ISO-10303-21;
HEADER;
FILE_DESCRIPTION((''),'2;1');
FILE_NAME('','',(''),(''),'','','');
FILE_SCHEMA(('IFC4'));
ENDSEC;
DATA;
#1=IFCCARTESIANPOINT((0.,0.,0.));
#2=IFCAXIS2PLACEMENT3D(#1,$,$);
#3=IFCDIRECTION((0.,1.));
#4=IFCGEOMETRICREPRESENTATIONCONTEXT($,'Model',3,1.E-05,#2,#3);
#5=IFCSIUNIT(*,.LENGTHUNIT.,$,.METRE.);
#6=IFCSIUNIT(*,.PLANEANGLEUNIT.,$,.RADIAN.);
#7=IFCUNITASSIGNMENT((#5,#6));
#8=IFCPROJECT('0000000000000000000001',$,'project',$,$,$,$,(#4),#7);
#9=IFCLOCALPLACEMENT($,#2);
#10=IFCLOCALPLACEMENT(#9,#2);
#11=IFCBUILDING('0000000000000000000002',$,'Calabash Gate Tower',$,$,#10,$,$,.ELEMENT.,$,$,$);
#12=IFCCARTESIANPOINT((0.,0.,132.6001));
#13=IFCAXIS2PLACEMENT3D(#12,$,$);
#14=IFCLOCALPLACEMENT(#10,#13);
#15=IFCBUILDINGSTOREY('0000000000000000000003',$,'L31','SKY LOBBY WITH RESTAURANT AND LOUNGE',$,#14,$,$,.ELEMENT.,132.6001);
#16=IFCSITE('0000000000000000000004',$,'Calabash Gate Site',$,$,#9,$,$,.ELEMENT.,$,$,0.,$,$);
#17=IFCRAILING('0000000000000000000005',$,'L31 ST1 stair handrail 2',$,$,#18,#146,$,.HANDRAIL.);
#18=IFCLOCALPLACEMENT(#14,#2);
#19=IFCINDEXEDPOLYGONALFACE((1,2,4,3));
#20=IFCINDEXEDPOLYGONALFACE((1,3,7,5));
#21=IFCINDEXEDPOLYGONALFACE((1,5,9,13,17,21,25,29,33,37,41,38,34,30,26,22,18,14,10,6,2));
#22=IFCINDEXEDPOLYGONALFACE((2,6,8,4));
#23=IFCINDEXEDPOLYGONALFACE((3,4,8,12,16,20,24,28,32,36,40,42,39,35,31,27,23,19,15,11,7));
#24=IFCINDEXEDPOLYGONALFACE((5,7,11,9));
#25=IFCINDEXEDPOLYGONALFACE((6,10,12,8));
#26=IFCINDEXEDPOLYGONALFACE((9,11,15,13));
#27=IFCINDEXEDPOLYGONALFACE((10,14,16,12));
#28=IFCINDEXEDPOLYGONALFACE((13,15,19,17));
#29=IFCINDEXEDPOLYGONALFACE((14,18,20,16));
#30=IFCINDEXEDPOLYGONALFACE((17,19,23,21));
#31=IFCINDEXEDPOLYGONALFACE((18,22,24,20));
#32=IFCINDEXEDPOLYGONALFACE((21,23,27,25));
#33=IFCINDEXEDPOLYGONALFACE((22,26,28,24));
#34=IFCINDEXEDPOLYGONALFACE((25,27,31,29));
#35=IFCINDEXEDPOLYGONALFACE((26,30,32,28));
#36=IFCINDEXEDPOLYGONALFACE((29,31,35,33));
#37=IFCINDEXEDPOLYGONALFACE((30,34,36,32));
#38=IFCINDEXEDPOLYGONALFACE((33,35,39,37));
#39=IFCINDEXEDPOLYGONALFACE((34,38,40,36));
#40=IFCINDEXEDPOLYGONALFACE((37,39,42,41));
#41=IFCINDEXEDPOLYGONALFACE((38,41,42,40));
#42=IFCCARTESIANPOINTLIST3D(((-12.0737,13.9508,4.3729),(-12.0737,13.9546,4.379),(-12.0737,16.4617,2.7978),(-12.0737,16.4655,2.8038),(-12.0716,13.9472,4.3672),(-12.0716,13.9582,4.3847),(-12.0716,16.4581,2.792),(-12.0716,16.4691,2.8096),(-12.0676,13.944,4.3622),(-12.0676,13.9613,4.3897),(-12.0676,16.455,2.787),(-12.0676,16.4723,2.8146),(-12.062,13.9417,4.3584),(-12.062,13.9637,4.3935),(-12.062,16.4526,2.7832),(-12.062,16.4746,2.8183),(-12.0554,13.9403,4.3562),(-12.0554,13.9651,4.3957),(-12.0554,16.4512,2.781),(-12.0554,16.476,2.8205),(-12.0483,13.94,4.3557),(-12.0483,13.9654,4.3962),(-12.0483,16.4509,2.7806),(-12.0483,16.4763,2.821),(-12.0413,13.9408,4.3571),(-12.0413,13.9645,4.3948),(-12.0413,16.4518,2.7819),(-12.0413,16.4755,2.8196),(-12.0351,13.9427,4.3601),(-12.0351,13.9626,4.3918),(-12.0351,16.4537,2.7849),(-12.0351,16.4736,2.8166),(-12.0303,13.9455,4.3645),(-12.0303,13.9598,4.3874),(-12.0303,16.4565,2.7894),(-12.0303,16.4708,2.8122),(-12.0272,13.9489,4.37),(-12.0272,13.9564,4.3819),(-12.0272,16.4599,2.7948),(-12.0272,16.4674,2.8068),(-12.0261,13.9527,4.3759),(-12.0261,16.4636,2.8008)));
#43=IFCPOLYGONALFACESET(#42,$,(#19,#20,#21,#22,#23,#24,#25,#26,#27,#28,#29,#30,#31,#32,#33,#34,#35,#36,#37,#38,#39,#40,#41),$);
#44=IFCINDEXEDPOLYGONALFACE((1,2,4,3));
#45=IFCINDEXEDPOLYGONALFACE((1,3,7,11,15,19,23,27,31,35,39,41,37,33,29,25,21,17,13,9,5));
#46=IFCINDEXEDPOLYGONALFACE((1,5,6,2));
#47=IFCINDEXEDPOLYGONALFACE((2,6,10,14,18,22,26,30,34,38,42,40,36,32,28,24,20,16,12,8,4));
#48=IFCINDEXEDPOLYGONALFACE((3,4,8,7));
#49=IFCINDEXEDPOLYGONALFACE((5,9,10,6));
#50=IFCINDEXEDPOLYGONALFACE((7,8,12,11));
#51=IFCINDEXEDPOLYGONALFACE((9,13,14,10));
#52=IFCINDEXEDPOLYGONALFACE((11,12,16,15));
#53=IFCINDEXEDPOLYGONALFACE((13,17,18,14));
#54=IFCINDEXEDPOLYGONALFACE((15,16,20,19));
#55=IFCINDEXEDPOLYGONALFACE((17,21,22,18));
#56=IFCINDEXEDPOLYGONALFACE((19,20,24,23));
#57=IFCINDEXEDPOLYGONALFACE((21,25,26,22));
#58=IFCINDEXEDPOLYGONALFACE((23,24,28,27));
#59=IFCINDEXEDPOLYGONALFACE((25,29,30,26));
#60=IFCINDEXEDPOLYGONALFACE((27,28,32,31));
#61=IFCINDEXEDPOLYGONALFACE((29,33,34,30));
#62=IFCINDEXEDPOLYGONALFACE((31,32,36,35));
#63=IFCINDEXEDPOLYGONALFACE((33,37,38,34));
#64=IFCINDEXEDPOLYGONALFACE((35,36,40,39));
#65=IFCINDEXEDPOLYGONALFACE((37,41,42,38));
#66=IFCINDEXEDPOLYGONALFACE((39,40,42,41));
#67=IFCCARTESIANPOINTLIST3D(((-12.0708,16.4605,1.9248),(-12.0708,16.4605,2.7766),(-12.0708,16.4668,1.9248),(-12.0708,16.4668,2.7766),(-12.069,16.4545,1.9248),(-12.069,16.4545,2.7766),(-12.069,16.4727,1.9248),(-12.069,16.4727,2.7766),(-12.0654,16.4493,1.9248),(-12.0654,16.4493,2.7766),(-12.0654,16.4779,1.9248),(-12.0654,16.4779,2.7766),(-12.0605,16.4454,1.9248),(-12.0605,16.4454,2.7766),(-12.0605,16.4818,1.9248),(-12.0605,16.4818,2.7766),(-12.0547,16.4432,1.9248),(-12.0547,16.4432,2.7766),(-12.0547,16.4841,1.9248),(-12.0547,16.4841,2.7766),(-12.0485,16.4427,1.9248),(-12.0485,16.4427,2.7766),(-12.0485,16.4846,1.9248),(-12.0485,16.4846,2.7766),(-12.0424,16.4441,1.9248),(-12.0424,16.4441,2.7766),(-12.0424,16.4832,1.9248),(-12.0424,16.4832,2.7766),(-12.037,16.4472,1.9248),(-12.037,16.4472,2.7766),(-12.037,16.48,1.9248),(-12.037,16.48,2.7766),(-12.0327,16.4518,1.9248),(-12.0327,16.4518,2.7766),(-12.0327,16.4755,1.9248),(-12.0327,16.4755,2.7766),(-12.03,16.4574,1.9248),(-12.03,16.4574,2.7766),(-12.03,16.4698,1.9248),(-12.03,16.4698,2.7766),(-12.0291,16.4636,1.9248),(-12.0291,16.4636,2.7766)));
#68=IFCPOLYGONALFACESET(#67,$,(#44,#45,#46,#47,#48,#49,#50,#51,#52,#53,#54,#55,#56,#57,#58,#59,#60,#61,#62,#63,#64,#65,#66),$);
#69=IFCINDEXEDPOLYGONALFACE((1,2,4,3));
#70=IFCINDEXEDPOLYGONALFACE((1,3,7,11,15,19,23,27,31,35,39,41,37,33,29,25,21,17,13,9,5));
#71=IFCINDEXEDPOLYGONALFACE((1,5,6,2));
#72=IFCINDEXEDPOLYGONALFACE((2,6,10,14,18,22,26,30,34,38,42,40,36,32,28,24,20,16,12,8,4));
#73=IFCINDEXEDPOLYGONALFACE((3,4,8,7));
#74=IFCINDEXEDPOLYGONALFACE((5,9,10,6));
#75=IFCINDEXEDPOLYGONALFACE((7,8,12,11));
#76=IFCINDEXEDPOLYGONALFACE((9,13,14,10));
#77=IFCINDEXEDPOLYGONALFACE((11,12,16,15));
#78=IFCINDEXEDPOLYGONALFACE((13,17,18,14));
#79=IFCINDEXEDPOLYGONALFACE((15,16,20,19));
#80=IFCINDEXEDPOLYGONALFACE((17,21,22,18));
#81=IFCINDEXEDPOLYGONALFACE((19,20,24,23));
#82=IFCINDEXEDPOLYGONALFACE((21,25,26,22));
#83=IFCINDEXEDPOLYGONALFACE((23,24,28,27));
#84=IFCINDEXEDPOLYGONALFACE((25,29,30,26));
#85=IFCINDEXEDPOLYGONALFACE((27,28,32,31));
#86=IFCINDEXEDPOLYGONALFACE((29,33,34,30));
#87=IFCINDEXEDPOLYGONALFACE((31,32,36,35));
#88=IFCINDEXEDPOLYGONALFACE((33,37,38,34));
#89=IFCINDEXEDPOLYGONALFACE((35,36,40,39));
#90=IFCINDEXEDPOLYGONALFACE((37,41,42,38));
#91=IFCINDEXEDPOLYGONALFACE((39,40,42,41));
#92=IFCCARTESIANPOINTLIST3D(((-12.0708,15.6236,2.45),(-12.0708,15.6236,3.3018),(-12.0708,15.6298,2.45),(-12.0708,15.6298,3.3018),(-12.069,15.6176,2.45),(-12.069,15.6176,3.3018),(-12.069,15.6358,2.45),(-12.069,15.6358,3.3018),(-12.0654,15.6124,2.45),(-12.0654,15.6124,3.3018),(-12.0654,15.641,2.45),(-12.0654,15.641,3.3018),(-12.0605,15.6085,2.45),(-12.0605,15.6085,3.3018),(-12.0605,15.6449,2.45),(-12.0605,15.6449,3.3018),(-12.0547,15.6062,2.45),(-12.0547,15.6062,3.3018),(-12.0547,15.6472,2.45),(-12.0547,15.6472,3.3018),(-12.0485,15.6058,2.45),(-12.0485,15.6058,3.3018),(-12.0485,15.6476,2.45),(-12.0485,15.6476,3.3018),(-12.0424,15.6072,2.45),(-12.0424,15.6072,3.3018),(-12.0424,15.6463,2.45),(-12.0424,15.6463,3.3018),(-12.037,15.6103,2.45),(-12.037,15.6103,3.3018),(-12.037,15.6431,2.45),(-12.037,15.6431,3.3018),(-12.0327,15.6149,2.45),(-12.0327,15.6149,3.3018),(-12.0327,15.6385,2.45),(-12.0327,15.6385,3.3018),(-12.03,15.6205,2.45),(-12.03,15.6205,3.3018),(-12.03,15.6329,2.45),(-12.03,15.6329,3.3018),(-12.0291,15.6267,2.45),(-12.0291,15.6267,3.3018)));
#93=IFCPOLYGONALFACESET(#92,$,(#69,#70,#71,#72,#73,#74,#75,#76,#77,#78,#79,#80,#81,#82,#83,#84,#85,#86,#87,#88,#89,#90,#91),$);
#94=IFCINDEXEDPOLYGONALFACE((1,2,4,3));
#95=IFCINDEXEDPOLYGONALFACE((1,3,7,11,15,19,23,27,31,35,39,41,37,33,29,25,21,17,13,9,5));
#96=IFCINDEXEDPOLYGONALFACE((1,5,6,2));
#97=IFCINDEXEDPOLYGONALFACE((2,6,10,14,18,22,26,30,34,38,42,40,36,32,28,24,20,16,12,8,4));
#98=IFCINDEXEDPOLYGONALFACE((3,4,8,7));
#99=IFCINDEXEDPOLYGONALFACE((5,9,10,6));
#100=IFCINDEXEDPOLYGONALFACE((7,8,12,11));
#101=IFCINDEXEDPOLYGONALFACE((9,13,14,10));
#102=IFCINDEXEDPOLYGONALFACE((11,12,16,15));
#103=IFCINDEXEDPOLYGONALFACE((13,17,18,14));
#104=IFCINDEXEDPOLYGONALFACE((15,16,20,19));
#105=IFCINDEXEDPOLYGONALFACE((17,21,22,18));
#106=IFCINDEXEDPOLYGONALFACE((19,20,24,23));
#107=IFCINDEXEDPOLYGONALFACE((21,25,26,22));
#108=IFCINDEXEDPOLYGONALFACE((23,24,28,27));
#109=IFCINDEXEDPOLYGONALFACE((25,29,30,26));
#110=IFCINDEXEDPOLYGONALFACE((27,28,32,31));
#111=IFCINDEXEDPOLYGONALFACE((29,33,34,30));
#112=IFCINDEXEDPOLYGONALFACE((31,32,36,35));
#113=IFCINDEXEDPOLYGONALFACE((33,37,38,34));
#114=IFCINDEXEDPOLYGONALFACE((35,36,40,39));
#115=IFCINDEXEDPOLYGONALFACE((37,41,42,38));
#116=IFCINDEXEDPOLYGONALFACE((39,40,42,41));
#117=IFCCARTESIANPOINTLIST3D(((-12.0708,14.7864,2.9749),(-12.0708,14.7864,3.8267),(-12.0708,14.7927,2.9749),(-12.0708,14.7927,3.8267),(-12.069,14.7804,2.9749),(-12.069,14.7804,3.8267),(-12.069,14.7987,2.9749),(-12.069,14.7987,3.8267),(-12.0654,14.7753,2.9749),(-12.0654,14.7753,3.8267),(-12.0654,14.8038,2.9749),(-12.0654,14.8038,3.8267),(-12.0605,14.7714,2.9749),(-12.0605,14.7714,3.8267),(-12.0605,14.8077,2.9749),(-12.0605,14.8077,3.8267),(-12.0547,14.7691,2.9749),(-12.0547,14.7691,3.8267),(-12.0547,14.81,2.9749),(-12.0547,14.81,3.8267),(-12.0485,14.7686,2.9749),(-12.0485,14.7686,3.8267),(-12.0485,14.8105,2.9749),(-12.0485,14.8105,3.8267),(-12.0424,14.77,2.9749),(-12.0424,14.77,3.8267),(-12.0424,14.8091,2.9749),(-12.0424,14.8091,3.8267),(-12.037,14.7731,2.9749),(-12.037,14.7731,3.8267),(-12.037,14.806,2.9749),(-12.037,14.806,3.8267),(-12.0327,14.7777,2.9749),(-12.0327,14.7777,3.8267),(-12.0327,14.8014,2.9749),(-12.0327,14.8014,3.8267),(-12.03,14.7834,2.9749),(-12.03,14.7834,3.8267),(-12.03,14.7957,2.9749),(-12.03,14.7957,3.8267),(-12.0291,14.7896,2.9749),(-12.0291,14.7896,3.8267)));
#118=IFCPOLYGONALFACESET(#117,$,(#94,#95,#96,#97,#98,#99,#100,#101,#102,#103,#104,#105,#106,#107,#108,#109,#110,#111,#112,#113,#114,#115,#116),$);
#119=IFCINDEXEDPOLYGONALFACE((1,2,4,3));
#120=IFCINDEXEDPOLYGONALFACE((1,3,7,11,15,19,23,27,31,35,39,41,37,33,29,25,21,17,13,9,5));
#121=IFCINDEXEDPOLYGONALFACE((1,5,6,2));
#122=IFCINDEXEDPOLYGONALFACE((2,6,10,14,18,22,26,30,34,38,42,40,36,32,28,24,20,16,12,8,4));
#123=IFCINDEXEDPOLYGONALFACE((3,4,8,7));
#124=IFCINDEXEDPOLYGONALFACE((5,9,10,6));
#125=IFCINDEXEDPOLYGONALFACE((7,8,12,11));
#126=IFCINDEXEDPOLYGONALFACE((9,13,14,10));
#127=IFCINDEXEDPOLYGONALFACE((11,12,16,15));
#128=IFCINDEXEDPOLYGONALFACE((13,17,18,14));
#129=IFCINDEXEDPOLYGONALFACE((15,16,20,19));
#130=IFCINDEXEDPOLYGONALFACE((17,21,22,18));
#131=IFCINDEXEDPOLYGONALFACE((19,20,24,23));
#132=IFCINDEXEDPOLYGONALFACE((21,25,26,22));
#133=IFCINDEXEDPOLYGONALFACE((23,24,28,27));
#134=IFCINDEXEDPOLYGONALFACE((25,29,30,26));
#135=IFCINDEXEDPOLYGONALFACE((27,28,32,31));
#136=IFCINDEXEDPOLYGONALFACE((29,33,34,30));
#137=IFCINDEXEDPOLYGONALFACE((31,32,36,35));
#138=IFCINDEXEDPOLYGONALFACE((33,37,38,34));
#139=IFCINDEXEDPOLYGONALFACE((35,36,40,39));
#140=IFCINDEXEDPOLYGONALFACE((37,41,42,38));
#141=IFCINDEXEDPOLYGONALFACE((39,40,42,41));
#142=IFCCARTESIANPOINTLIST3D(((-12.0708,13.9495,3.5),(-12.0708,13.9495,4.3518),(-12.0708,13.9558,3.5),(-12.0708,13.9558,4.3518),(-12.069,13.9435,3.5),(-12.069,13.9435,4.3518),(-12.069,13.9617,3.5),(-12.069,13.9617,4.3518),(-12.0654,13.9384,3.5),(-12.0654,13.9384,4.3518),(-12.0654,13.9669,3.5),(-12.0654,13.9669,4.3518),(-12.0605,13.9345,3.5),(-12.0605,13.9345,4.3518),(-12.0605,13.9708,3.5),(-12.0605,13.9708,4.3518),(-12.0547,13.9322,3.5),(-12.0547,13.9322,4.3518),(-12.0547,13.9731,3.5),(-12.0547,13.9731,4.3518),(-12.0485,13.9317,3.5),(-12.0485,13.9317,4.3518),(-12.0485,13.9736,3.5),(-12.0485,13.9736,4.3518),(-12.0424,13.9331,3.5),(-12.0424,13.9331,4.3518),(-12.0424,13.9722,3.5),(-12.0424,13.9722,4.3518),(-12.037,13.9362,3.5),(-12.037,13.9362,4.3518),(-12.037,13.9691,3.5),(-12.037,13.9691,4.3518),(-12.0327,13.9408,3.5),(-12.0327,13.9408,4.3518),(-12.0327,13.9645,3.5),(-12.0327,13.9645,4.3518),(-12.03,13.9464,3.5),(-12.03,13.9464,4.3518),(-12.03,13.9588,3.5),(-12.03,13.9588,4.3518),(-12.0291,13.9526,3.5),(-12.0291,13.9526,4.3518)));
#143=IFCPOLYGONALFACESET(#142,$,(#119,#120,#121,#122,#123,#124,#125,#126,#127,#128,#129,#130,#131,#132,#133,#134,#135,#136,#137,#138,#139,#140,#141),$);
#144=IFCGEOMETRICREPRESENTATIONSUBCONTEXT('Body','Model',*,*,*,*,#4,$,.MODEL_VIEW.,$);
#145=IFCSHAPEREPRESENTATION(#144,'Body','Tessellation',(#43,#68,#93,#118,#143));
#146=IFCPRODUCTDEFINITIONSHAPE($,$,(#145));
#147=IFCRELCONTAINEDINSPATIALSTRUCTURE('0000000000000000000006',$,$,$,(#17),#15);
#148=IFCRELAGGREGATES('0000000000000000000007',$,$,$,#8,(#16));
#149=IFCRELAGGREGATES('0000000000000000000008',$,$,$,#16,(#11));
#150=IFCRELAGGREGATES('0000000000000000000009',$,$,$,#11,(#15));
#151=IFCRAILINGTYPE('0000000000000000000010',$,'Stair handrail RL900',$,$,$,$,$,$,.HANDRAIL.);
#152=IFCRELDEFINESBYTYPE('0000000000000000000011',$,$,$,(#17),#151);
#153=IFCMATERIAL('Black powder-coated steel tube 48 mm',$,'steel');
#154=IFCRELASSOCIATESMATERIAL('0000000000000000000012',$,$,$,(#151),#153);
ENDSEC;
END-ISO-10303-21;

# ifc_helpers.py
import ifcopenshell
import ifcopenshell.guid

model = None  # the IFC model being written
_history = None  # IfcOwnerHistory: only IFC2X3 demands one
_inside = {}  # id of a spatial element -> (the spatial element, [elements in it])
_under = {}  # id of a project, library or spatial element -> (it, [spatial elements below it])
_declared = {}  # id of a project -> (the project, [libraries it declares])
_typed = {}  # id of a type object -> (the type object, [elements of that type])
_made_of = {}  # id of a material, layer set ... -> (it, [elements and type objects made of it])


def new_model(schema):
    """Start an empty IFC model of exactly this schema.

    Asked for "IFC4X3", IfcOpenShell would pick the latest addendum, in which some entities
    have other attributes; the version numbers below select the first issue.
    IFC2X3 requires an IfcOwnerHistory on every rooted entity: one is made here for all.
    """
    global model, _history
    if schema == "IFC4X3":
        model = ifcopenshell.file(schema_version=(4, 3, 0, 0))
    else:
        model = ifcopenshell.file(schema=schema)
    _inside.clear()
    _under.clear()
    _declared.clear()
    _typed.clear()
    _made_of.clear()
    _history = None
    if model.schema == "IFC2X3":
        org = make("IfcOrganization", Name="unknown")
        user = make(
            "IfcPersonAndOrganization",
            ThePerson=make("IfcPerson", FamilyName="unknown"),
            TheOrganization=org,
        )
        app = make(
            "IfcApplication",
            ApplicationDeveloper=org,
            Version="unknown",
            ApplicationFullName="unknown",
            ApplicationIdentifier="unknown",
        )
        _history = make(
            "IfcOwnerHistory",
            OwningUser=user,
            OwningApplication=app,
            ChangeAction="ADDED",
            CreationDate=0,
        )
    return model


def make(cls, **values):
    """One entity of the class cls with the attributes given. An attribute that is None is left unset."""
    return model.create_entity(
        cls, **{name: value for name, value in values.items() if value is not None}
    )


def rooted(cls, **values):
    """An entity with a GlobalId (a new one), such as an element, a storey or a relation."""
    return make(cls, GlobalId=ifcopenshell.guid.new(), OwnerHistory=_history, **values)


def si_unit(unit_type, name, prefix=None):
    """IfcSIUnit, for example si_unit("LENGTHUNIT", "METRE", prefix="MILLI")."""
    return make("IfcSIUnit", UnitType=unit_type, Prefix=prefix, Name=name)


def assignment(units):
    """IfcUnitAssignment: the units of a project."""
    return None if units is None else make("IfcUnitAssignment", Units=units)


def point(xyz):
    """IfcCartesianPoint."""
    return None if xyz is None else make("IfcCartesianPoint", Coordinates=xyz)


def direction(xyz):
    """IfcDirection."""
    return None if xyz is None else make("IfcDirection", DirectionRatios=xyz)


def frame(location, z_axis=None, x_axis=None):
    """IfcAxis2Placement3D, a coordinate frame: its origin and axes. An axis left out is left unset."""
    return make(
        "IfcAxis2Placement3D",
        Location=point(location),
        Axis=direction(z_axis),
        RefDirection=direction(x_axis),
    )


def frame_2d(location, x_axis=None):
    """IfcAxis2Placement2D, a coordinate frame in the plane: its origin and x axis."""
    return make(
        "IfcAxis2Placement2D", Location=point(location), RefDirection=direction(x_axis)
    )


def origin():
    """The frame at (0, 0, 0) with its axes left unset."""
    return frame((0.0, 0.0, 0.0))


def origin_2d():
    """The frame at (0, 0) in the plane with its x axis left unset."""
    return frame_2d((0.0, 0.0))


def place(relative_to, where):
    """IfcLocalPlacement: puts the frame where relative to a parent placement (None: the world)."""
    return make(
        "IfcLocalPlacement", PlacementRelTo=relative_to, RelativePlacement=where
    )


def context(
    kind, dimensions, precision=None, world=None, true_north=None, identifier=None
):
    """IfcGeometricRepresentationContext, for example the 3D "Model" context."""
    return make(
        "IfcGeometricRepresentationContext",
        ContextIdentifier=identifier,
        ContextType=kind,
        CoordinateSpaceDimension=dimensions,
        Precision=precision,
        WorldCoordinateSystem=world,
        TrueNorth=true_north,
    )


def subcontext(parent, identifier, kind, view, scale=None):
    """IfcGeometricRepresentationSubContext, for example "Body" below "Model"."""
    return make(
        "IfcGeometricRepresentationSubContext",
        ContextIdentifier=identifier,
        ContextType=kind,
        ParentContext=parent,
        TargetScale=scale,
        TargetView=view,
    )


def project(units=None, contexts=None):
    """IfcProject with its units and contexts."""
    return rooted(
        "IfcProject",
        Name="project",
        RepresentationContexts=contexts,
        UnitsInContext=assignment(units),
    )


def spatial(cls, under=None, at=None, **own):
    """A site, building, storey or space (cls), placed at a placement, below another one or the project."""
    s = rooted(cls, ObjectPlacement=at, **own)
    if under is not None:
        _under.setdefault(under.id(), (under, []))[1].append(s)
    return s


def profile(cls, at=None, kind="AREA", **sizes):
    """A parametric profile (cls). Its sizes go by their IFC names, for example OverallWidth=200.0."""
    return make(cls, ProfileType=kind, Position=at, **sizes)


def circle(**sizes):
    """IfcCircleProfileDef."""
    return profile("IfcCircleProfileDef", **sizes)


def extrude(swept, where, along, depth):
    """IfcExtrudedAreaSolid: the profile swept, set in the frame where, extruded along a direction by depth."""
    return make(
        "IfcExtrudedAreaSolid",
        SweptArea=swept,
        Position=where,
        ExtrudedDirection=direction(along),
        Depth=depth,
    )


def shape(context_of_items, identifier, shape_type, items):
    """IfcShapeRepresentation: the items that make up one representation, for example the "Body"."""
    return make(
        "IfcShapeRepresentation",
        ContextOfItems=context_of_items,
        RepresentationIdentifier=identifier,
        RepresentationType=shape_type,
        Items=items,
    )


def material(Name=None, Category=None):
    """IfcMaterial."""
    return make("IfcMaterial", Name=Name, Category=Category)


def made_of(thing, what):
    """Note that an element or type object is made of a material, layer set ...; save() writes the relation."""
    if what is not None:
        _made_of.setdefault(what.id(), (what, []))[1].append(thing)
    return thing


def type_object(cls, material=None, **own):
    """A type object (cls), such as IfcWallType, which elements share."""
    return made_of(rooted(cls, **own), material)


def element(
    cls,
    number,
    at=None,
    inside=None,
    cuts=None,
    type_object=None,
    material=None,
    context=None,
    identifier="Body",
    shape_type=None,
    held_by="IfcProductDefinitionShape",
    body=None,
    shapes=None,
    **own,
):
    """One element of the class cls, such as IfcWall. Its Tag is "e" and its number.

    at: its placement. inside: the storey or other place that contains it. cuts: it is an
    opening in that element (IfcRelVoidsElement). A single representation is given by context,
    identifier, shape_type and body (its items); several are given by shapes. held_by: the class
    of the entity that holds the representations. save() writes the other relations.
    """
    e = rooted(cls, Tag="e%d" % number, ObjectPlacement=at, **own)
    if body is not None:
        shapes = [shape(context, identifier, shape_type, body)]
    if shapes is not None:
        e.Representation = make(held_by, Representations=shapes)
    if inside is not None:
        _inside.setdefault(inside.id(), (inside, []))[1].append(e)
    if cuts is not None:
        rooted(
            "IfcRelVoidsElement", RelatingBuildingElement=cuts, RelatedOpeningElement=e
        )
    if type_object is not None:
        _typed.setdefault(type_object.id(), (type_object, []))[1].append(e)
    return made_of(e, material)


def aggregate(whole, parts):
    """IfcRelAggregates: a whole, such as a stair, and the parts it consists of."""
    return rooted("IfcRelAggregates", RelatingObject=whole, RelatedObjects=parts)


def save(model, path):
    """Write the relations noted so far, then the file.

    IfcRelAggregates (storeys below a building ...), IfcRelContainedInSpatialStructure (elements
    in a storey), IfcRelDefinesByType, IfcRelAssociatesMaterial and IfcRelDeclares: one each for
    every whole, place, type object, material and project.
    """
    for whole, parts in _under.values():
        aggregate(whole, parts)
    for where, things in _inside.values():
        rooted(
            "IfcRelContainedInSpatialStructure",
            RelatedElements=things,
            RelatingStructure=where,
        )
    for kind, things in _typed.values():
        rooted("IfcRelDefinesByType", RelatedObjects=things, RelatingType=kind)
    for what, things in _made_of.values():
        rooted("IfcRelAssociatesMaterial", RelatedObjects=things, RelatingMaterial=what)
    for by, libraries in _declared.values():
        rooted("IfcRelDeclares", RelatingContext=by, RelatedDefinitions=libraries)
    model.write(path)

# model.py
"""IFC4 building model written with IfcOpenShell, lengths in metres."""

from ifc_helpers import new_model, si_unit, direction, frame, origin, origin_2d, place, context, subcontext, project, spatial, circle, extrude, material, type_object, element, save


model = new_model("IFC4")

# Units and contexts
model_context = context("Model", 3, precision=1e-05, world=origin(), true_north=direction((0.0, 1.0)))
body_context = subcontext(model_context, "Body", "Model", "MODEL_VIEW")
ifc_project = project(units=[si_unit("LENGTHUNIT", "METRE"), si_unit("PLANEANGLEUNIT", "RADIAN")], contexts=[model_context])

# Site, building, storey
site_placement = place(None, origin())
site = spatial("IfcSite", under=ifc_project, at=site_placement, Name="Calabash Gate Site", CompositionType="ELEMENT", RefElevation=0.0)
building_placement = place(site_placement, origin())
building = spatial("IfcBuilding", under=site, at=building_placement, Name="Calabash Gate Tower", CompositionType="ELEMENT")
storey_placement = place(building_placement, frame((0.0, 0.0, 132.6001)))
storey = spatial("IfcBuildingStorey", under=building, at=storey_placement, Name="L31", Description="SKY LOBBY WITH RESTAURANT AND LOUNGE", CompositionType="ELEMENT", Elevation=132.6001)

# Railing
ifc_material_1 = material(Name="Black powder-coated steel tube 48 mm", Category="steel")
railing_type_1 = type_object("IfcRailingType", Name="Stair handrail RL900", PredefinedType="HANDRAIL", material=ifc_material_1)
railing_1_placement = place(storey_placement, frame((-12.05, 16.4636, 1.9248)))
element("IfcRailing", 1, at=railing_1_placement, inside=storey, type_object=railing_type_1, Name="L31 ST1 stair handrail 2", PredefinedType="HANDRAIL", context=body_context, shape_type="SweptSolid", body=[
    extrude(circle(Radius=0.0239, at=origin_2d()), frame((0.0, 0.0, 0.876), z_axis=(0.0, -0.847113, 0.531412), x_axis=(1.0, 0.0, 0.0)), (0.0, 0.0, 1.0), 2.9641),
    extrude(circle(Radius=0.021, at=origin_2d()), origin(), (0.0, 0.0, 1.0), 0.8518),
    extrude(circle(Radius=0.021, at=origin_2d()), frame((0.0, -0.8369, 0.5251)), (0.0, 0.0, 1.0), 0.8518),
    extrude(circle(Radius=0.021, at=origin_2d()), frame((0.0, -1.6741, 1.05)), (0.0, 0.0, 1.0), 0.8518),
    extrude(circle(Radius=0.021, at=origin_2d()), frame((0.0, -2.511, 1.5752)), (0.0, 0.0, 1.0), 0.8518),
])

save(model, "model.ifc")
